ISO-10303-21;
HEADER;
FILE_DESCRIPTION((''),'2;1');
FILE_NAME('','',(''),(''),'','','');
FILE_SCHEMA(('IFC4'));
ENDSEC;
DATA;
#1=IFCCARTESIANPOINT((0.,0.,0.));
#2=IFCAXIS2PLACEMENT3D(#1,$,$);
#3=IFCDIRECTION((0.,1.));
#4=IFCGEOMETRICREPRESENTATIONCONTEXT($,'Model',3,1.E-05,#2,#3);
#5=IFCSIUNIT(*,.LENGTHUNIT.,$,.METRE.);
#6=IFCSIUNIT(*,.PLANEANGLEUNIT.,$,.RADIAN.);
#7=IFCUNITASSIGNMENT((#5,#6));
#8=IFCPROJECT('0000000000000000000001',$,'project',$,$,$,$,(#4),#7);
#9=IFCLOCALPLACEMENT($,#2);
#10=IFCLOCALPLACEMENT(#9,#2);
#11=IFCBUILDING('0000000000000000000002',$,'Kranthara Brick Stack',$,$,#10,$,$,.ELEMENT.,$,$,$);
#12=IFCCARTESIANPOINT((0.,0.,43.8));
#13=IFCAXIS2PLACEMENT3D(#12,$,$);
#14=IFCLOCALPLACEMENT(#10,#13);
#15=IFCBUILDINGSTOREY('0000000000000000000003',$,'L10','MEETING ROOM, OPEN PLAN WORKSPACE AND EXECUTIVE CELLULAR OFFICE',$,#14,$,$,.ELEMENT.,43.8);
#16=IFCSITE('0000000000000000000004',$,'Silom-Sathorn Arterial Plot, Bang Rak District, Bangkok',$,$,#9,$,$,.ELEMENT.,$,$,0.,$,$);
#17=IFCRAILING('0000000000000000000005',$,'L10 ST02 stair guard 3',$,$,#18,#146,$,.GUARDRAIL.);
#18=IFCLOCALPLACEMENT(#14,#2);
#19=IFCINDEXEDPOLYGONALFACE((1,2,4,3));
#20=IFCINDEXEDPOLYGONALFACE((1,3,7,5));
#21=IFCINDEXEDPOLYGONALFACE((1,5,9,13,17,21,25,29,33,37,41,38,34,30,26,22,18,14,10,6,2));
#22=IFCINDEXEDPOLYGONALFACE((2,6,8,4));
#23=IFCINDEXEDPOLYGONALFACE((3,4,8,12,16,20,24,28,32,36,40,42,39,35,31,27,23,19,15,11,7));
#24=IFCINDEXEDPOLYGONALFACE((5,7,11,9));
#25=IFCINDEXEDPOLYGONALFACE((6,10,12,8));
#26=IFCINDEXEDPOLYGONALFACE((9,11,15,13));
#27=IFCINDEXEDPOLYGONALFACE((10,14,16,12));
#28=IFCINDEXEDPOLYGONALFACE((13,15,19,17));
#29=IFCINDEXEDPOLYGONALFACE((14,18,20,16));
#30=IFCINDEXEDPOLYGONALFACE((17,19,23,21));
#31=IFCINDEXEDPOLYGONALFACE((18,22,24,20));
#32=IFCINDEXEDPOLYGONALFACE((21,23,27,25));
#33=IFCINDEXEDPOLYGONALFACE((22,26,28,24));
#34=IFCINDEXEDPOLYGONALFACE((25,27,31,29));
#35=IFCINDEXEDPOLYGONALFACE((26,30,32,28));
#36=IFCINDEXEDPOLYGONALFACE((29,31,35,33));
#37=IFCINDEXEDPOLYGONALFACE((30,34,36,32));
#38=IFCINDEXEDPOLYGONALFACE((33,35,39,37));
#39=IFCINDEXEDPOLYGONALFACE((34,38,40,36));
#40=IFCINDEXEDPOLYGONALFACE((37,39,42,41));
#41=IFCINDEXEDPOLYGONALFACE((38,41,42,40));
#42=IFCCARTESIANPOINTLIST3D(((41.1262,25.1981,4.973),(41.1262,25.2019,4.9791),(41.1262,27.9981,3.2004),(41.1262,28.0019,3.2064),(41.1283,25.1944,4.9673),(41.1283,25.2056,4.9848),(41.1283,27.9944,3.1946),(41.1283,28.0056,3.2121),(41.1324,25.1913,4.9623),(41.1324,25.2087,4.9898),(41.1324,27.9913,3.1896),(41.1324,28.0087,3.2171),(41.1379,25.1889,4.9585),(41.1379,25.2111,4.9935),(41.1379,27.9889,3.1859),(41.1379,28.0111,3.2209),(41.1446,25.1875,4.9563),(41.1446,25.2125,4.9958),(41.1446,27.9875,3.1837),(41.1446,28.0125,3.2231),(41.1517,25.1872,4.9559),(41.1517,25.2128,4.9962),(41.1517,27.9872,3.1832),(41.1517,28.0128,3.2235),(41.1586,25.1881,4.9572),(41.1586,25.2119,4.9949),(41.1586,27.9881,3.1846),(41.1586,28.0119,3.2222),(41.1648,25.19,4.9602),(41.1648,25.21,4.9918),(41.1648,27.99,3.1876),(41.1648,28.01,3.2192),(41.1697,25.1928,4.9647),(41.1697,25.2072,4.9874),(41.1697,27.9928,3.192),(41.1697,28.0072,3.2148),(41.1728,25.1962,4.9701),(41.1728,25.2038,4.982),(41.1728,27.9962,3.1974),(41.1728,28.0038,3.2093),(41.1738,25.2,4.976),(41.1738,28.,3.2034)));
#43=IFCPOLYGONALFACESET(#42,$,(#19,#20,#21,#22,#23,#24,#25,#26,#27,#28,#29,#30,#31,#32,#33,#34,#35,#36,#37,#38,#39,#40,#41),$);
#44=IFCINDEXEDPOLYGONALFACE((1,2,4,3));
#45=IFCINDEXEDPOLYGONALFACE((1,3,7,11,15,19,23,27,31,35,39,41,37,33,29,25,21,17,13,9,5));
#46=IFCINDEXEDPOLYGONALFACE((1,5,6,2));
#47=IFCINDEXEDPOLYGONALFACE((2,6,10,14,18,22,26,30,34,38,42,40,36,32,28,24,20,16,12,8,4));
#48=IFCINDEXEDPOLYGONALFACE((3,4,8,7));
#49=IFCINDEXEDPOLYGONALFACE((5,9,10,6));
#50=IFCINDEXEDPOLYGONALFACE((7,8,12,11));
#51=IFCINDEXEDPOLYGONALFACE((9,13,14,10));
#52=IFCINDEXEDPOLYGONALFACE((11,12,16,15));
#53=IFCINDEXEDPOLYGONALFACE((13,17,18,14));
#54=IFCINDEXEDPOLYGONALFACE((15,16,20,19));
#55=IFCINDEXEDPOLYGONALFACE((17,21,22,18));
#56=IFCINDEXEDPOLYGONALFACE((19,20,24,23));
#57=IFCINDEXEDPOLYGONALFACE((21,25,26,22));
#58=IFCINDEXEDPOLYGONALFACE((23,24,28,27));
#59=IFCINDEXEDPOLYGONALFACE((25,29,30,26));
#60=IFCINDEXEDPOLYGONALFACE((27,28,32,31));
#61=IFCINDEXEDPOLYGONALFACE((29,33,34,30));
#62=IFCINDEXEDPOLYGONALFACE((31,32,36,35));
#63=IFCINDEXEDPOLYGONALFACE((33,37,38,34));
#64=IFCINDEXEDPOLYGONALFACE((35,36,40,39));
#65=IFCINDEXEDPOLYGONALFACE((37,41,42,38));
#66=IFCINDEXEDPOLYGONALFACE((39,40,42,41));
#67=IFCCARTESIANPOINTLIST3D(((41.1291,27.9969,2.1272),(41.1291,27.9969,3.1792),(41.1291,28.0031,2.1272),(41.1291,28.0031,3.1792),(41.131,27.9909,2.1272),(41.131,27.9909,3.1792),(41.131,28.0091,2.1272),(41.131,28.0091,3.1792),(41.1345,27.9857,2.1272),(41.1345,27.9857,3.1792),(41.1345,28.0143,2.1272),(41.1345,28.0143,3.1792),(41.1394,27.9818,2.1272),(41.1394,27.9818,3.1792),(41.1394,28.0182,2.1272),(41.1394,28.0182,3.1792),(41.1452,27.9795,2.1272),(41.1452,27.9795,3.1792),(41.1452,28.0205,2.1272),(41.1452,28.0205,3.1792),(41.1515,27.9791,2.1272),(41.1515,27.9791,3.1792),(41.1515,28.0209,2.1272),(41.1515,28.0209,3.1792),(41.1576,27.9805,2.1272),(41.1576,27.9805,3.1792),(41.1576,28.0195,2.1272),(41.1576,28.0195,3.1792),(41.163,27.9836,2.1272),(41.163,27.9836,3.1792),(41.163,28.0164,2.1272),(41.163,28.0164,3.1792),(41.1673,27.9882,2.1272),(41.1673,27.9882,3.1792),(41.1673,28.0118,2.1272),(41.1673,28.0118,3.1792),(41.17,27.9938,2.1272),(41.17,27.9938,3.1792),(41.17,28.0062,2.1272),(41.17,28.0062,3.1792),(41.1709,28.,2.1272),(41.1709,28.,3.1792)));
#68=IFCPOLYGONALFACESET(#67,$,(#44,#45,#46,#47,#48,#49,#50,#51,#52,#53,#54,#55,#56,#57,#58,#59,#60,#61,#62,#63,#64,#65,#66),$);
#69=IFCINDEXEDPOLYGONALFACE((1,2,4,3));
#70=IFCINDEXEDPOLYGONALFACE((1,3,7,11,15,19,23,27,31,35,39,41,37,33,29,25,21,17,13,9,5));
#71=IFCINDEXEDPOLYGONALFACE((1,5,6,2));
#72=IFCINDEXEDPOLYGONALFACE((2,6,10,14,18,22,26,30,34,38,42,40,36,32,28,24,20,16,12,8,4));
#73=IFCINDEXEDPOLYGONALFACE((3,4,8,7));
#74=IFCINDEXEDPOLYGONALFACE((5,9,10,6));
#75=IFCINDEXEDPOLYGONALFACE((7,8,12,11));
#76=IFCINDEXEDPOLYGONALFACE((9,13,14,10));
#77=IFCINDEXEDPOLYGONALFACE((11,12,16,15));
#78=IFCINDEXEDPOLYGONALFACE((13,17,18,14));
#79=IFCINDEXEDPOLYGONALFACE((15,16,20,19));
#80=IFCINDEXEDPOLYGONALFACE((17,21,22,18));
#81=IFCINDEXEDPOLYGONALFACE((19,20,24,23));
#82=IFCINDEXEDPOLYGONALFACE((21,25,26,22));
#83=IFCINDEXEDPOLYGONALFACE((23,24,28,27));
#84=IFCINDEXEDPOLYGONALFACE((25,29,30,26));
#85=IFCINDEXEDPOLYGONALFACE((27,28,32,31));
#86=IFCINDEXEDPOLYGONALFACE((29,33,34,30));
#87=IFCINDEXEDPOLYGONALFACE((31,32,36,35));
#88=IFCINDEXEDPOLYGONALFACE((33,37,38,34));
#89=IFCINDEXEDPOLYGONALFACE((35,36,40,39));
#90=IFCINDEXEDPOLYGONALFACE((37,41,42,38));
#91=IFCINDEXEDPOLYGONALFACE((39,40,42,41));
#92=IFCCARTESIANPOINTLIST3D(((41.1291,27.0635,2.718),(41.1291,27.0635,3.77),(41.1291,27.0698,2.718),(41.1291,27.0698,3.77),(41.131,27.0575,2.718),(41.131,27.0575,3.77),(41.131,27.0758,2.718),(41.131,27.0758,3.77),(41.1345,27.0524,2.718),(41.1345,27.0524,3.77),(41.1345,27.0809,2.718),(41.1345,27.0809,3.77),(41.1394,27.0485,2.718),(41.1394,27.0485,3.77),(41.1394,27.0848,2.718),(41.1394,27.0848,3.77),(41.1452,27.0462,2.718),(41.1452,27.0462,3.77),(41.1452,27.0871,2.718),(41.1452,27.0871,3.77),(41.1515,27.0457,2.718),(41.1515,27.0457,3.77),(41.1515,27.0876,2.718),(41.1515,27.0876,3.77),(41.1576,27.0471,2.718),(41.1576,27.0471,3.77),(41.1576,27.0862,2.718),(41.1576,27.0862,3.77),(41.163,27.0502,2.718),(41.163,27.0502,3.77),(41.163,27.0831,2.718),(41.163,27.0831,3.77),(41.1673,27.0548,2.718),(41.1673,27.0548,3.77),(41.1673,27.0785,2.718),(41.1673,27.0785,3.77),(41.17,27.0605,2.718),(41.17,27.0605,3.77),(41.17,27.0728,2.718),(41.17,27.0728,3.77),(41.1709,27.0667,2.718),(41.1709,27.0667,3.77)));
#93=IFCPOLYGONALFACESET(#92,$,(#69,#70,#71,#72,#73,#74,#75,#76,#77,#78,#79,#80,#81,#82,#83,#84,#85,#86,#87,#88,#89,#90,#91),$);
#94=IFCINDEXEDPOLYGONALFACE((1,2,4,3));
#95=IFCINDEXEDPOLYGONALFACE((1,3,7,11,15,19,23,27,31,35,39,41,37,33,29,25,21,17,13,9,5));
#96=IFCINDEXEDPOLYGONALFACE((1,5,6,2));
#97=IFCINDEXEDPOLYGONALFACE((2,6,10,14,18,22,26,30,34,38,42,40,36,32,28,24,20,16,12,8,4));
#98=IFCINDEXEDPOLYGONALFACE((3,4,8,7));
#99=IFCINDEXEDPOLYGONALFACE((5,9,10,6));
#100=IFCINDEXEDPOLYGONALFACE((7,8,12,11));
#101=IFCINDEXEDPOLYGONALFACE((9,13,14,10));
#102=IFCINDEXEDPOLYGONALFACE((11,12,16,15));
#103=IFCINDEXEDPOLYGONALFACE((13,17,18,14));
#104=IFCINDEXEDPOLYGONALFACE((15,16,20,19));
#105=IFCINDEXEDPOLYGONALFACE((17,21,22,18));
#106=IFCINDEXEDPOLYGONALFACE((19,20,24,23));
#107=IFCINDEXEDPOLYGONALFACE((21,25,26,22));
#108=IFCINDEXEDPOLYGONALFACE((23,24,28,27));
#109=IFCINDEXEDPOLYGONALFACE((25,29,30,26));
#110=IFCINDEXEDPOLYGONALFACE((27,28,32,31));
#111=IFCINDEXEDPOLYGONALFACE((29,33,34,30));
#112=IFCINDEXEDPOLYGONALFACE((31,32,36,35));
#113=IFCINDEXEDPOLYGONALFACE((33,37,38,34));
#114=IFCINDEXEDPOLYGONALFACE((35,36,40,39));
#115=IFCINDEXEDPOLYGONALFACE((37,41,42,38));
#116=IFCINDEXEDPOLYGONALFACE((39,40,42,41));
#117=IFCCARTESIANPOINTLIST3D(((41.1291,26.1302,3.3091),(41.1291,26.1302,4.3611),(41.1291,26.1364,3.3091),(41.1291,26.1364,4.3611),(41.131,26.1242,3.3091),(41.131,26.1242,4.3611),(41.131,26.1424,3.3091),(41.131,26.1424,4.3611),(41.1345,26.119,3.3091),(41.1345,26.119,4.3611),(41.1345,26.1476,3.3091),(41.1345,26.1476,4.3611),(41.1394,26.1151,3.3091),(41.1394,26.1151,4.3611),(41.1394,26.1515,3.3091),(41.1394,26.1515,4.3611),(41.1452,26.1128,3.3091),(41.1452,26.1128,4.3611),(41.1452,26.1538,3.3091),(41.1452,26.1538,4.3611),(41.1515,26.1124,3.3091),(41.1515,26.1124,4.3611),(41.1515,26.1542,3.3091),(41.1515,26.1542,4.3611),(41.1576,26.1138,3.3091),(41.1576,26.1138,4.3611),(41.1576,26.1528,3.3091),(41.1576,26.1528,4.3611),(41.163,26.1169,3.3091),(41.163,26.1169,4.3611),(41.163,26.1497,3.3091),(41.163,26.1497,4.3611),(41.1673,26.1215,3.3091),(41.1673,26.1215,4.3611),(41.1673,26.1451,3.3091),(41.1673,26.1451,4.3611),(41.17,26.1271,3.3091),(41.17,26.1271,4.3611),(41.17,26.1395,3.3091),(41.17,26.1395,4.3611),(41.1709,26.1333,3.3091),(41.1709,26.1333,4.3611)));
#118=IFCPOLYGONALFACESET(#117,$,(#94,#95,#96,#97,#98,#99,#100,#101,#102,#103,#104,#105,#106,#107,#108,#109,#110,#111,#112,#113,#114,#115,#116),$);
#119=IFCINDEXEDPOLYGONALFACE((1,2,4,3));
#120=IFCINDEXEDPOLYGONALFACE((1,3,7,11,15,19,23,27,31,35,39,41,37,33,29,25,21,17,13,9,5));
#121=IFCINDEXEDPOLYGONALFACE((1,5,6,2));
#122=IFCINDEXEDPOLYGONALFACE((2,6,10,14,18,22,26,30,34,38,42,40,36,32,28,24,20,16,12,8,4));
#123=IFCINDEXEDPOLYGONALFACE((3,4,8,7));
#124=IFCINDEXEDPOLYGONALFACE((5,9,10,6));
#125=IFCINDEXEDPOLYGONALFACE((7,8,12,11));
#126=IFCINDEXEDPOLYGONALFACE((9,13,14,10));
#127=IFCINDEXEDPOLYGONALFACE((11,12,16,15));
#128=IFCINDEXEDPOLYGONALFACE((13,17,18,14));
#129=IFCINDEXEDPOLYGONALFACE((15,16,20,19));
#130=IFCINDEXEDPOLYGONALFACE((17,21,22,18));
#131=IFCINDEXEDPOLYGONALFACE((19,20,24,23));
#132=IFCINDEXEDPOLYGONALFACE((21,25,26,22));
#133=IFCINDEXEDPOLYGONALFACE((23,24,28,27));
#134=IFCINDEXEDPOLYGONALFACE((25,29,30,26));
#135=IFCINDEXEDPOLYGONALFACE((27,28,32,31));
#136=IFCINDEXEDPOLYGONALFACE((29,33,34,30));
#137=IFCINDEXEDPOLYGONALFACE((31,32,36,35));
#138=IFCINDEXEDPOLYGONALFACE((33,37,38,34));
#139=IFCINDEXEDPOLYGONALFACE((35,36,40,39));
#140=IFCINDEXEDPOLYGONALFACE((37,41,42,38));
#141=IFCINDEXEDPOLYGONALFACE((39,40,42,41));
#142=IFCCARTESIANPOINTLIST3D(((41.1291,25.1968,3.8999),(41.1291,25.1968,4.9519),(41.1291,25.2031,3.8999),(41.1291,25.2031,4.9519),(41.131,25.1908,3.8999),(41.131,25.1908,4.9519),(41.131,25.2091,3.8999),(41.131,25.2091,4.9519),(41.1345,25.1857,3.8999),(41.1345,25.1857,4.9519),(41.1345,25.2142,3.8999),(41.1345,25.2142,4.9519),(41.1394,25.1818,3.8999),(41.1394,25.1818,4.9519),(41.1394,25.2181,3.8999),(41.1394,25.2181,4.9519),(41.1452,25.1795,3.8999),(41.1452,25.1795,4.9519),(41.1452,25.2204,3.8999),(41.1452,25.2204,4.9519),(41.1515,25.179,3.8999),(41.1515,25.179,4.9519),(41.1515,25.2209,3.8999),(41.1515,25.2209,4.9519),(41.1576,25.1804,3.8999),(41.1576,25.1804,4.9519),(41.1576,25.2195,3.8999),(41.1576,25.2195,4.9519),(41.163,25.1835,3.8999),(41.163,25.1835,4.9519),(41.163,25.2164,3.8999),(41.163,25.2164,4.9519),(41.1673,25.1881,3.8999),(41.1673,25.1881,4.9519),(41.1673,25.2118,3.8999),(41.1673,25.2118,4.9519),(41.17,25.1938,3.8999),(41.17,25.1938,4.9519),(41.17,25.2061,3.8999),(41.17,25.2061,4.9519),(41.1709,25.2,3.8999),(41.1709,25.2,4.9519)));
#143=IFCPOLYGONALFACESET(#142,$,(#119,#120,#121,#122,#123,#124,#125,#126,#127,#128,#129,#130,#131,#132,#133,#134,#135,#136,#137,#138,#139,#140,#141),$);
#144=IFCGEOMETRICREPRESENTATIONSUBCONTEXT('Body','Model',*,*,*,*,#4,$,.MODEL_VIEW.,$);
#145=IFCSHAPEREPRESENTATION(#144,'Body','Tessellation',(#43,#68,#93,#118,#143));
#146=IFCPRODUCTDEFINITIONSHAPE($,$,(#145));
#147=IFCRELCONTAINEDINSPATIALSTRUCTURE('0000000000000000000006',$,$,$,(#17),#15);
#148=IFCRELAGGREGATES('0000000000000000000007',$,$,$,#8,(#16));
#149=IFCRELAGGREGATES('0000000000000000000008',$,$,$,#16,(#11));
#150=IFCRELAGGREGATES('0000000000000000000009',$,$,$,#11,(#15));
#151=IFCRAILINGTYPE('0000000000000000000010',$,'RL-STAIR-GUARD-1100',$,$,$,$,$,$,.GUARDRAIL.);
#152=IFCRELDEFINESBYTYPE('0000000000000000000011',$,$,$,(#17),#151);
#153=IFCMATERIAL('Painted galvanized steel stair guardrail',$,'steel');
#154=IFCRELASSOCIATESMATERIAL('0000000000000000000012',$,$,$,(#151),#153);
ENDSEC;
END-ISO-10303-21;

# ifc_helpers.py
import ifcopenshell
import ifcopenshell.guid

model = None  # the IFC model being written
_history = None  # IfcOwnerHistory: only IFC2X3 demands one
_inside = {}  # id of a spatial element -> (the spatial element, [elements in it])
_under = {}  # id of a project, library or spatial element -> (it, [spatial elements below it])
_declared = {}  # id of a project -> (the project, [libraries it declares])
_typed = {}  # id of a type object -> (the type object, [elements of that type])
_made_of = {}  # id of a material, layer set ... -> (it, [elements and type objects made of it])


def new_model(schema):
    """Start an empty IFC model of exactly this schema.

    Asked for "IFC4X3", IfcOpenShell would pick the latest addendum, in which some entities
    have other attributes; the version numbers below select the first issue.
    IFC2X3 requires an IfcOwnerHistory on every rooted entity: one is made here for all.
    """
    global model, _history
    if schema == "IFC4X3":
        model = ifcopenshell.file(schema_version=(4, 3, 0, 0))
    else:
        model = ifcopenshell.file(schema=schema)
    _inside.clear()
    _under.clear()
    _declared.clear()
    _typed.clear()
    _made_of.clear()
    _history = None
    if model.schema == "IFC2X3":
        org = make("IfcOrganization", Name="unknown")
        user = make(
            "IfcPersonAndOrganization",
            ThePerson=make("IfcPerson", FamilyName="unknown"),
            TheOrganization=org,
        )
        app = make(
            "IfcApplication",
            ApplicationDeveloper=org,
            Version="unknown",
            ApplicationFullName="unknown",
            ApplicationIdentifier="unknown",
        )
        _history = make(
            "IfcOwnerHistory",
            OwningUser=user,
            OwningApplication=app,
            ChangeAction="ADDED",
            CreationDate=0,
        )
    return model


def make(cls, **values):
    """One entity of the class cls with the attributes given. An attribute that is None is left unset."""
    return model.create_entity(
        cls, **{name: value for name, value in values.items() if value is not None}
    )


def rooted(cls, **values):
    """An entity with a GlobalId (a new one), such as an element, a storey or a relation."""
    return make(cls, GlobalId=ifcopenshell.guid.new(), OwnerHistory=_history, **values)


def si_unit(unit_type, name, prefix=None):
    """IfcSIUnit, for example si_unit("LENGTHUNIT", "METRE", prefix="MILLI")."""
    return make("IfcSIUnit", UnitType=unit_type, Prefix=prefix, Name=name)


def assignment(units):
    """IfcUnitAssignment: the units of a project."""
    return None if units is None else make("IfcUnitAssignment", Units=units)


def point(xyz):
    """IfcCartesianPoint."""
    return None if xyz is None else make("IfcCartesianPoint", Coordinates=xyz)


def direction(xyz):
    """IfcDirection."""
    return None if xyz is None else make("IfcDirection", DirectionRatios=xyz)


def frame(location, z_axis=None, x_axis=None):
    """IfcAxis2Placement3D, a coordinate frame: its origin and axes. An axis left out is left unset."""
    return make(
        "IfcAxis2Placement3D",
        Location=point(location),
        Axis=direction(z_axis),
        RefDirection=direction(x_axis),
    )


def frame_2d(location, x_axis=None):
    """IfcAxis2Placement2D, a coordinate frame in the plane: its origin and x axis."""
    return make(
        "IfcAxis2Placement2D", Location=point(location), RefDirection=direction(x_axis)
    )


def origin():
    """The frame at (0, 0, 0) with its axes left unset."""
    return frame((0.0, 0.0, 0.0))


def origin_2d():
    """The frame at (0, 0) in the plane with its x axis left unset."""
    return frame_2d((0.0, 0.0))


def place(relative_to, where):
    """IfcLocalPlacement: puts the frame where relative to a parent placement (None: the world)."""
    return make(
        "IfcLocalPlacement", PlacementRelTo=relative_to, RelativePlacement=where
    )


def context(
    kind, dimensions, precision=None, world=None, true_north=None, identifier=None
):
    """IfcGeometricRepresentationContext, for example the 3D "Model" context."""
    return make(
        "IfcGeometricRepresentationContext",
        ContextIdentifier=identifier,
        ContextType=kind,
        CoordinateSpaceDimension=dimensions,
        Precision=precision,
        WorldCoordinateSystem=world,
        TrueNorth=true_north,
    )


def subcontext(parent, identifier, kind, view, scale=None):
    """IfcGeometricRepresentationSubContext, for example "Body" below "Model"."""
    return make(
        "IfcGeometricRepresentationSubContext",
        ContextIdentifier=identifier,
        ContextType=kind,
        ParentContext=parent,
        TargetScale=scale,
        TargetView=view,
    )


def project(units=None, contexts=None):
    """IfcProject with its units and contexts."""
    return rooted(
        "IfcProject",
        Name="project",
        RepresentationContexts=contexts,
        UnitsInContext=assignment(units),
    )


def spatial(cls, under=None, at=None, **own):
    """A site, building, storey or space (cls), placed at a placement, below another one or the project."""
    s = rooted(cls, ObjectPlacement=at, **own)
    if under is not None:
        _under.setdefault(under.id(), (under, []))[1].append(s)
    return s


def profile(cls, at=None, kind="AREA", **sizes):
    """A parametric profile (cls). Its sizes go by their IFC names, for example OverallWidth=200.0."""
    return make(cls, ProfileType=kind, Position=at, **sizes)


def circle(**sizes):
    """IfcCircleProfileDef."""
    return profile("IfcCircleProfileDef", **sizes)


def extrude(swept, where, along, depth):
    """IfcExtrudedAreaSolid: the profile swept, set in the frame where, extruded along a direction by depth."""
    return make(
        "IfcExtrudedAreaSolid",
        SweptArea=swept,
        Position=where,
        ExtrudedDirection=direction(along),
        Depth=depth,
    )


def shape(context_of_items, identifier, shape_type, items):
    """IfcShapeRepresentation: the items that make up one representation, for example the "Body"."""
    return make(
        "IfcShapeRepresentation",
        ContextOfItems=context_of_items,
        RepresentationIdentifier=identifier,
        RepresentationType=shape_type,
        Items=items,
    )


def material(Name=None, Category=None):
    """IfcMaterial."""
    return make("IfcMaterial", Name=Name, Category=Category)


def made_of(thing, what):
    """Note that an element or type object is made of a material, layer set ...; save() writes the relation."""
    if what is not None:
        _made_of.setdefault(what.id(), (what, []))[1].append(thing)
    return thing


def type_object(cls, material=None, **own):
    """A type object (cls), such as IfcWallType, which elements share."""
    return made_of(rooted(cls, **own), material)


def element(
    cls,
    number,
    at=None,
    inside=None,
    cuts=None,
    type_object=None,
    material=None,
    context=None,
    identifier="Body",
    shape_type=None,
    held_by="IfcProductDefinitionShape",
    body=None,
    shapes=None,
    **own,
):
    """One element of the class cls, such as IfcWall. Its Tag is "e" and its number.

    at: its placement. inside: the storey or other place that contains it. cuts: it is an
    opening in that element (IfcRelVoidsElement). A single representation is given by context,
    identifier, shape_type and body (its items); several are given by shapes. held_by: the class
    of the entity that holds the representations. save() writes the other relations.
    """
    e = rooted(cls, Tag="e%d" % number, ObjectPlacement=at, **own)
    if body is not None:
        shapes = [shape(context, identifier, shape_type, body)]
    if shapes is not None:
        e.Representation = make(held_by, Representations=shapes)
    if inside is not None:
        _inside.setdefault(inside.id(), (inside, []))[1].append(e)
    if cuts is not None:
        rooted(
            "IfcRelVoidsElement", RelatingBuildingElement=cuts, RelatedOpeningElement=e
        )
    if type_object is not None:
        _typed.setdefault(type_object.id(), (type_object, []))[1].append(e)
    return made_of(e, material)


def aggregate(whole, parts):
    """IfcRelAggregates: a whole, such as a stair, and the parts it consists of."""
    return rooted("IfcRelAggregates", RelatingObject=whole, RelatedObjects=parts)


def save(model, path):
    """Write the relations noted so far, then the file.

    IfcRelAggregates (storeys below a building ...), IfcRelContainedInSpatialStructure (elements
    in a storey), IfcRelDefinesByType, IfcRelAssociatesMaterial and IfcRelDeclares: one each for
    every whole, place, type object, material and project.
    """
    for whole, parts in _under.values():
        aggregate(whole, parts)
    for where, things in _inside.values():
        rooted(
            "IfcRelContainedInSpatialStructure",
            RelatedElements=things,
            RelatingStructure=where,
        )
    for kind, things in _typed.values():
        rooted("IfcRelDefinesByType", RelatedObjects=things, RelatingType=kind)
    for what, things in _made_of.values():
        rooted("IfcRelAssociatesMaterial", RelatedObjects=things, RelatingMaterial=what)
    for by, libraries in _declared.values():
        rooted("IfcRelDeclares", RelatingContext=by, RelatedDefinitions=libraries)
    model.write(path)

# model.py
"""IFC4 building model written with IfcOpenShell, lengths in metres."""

from ifc_helpers import new_model, si_unit, direction, frame, origin, origin_2d, place, context, subcontext, project, spatial, circle, extrude, material, type_object, element, save


model = new_model("IFC4")

# Units and contexts
model_context = context("Model", 3, precision=1e-05, world=origin(), true_north=direction((0.0, 1.0)))
body_context = subcontext(model_context, "Body", "Model", "MODEL_VIEW")
ifc_project = project(units=[si_unit("LENGTHUNIT", "METRE"), si_unit("PLANEANGLEUNIT", "RADIAN")], contexts=[model_context])

# Site, building, storey
site_placement = place(None, origin())
site = spatial("IfcSite", under=ifc_project, at=site_placement, Name="Silom-Sathorn Arterial Plot, Bang Rak District, Bangkok", CompositionType="ELEMENT", RefElevation=0.0)
building_placement = place(site_placement, origin())
building = spatial("IfcBuilding", under=site, at=building_placement, Name="Kranthara Brick Stack", CompositionType="ELEMENT")
storey_placement = place(building_placement, frame((0.0, 0.0, 43.8)))
storey = spatial("IfcBuildingStorey", under=building, at=storey_placement, Name="L10", Description="MEETING ROOM, OPEN PLAN WORKSPACE AND EXECUTIVE CELLULAR OFFICE", CompositionType="ELEMENT", Elevation=43.8)

# Railing
ifc_material_1 = material(Name="Painted galvanized steel stair guardrail", Category="steel")
railing_type_1 = type_object("IfcRailingType", Name="RL-STAIR-GUARD-1100", PredefinedType="GUARDRAIL", material=ifc_material_1)
railing_1_placement = place(storey_placement, frame((41.1499, 28.0, 2.1272)))
element("IfcRailing", 1, at=railing_1_placement, inside=storey, type_object=railing_type_1, Name="L10 ST02 stair guard 3", PredefinedType="GUARDRAIL", context=body_context, shape_type="SweptSolid", body=[
    extrude(circle(Radius=0.0239, at=origin_2d()), frame((0.0, 0.0, 1.0762), z_axis=(0.0, -0.844909, 0.53491), x_axis=(1.0, 0.0, 0.0)), (0.0, 0.0, 1.0), 3.314),
    extrude(circle(Radius=0.021, at=origin_2d()), origin(), (0.0, 0.0, 1.0), 1.052),
    extrude(circle(Radius=0.021, at=origin_2d()), frame((0.0, -0.9333, 0.5908)), (0.0, 0.0, 1.0), 1.052),
    extrude(circle(Radius=0.021, at=origin_2d()), frame((0.0, -1.8667, 1.1819)), (0.0, 0.0, 1.0), 1.052),
    extrude(circle(Radius=0.021, at=origin_2d()), frame((0.0, -2.8, 1.7727)), (0.0, 0.0, 1.0), 1.052),
])

save(model, "model.ifc")
